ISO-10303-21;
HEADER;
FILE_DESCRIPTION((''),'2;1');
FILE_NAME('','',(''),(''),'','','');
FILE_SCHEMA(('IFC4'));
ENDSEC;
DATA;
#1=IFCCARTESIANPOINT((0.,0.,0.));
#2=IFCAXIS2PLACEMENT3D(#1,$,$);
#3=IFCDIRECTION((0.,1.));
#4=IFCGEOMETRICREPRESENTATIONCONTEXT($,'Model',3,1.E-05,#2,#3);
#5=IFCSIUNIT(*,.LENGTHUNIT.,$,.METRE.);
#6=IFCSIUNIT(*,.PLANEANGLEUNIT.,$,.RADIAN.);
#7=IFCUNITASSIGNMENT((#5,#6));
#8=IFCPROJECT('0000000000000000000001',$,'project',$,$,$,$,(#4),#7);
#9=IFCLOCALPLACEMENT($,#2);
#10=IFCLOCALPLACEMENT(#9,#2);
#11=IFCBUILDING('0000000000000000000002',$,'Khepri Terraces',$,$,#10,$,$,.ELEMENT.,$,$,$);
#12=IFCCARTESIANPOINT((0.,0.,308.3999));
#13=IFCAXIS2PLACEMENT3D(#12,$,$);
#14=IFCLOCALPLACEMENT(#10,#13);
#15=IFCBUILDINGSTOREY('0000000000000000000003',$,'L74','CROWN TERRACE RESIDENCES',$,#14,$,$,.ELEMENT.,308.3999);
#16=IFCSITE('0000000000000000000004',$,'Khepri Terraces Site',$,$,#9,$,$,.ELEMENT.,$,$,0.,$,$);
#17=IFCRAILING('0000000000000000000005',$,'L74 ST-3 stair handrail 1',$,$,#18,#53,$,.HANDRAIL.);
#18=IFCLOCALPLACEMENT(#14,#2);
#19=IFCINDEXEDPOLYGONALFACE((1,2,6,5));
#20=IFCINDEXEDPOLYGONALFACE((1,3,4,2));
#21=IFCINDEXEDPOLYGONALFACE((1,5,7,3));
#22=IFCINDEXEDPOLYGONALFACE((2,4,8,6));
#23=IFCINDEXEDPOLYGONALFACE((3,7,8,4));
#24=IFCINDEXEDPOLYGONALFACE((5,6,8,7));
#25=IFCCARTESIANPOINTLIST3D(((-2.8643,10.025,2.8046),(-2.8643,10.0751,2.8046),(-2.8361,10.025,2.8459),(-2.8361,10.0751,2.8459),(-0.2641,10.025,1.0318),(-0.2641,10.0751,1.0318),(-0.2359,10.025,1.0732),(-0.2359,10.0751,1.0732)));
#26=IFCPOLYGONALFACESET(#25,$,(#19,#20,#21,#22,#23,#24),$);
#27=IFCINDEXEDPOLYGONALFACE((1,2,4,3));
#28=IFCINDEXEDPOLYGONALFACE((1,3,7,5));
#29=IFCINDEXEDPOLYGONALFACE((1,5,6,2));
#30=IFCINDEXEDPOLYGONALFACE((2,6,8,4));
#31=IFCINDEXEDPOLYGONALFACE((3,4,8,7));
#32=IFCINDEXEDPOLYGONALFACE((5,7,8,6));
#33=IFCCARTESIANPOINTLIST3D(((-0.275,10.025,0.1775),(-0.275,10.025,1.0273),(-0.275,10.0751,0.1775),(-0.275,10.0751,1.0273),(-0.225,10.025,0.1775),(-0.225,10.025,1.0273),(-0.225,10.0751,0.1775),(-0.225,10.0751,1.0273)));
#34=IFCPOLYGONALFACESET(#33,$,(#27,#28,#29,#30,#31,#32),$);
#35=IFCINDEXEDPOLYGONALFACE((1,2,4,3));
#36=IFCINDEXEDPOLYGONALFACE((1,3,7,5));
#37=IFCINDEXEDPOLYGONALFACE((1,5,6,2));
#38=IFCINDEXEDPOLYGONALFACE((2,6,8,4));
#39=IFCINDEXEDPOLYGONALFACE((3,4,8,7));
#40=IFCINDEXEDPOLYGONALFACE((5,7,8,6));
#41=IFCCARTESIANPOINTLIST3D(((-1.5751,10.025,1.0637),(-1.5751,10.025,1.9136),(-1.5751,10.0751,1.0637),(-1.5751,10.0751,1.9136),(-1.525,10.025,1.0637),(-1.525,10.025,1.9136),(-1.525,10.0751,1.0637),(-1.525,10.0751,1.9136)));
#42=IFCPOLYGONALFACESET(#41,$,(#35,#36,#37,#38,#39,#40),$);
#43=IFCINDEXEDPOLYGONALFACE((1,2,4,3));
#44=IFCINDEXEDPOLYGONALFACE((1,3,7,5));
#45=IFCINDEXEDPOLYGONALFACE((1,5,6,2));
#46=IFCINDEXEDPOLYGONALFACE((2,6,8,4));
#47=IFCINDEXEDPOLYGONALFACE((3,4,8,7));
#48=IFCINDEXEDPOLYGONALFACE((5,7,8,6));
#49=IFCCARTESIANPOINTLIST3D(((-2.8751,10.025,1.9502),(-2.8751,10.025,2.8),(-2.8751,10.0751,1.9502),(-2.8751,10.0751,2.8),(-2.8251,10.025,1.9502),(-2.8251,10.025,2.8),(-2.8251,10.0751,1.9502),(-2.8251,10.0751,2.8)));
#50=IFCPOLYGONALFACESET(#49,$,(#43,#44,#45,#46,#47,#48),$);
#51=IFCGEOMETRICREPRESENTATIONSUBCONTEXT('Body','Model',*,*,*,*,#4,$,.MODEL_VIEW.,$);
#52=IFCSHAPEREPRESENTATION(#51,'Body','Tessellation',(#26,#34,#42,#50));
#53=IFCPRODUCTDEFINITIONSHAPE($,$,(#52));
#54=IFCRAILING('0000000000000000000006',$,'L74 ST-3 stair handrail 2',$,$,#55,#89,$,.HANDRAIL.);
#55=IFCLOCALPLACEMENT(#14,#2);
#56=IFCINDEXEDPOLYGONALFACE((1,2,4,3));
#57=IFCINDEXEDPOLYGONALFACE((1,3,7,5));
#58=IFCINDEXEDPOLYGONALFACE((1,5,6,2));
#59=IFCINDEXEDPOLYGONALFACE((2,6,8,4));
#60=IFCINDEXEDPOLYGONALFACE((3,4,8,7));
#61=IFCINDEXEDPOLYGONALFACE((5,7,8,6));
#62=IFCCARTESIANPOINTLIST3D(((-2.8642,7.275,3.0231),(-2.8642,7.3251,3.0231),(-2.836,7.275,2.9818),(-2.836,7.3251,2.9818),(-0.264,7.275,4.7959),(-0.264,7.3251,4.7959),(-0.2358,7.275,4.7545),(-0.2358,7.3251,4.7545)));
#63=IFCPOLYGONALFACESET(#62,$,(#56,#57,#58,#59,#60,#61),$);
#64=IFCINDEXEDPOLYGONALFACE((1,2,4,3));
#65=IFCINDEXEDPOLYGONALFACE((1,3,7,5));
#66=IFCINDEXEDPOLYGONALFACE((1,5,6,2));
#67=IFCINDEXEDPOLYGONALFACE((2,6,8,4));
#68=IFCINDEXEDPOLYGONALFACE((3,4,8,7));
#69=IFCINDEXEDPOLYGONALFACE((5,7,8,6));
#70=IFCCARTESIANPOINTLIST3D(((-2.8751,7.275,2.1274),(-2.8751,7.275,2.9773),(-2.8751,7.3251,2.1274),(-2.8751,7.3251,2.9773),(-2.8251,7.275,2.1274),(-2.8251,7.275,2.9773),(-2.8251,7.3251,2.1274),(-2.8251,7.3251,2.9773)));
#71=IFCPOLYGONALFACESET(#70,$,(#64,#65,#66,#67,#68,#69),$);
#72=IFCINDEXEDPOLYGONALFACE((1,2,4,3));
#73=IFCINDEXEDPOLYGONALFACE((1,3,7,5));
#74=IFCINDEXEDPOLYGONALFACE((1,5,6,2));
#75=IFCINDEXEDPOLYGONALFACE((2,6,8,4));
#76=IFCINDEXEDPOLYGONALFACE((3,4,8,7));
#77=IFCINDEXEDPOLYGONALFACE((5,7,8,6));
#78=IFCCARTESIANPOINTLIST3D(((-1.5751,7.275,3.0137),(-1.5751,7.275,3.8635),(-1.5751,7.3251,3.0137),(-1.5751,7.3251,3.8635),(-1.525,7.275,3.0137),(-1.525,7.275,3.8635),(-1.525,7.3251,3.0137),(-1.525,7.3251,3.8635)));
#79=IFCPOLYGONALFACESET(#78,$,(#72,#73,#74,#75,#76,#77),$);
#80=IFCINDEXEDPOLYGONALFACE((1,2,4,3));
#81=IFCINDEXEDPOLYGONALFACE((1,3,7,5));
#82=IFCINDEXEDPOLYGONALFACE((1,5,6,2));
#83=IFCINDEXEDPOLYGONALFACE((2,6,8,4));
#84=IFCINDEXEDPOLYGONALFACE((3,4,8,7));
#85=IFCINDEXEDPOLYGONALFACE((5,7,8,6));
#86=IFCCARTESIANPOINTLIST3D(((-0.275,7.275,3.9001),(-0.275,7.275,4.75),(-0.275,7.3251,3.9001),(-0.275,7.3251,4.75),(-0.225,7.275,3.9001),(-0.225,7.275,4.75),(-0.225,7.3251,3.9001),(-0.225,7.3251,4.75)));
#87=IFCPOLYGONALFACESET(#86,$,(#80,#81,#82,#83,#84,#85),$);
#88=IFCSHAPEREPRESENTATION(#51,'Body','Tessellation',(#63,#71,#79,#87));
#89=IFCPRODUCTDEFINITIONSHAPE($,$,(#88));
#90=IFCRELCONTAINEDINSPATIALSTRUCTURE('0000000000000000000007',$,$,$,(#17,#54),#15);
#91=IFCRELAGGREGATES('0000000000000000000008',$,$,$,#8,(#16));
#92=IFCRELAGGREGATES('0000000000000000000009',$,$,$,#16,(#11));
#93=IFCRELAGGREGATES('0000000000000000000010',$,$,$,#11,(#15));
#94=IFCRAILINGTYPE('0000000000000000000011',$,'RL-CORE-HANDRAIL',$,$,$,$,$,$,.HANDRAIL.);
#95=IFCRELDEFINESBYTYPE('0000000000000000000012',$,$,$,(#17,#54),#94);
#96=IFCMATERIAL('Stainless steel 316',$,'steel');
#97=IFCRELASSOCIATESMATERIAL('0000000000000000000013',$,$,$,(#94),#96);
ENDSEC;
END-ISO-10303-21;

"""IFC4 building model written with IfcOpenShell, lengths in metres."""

from ifc_helpers import new_model, si_unit, direction, frame, origin, origin_2d, place, context, subcontext, project, spatial, rectangle, extrude, material, type_object, element, save


model = new_model("IFC4")

# Units and contexts
model_context = context("Model", 3, precision=1e-05, world=origin(), true_north=direction((0.0, 1.0)))
body_context = subcontext(model_context, "Body", "Model", "MODEL_VIEW")
ifc_project = project(units=[si_unit("LENGTHUNIT", "METRE"), si_unit("PLANEANGLEUNIT", "RADIAN")], contexts=[model_context])

# Site, building, storey
site_placement = place(None, origin())
site = spatial("IfcSite", under=ifc_project, at=site_placement, Name="Khepri Terraces Site", CompositionType="ELEMENT", RefElevation=0.0)
building_placement = place(site_placement, origin())
building = spatial("IfcBuilding", under=site, at=building_placement, Name="Khepri Terraces", CompositionType="ELEMENT")
storey_placement = place(building_placement, frame((0.0, 0.0, 308.3999)))
storey = spatial("IfcBuildingStorey", under=building, at=storey_placement, Name="L74", Description="CROWN TERRACE RESIDENCES", CompositionType="ELEMENT", Elevation=308.3999)

# Railings
ifc_material_1 = material(Name="Stainless steel 316", Category="steel")
railing_type_1 = type_object("IfcRailingType", Name="RL-CORE-HANDRAIL", PredefinedType="HANDRAIL", material=ifc_material_1)
railing_1_placement = place(storey_placement, frame((-0.25, 10.05, 0.1775)))
element("IfcRailing", 1, at=railing_1_placement, inside=storey, type_object=railing_type_1, Name="L74 ST-3 stair handrail 1", PredefinedType="HANDRAIL", context=body_context, shape_type="SweptSolid", body=[
    extrude(rectangle(XDim=0.05, YDim=0.05, at=origin_2d()), frame((0.0, 0.0, 0.875), z_axis=(-0.82624, 0.0, 0.563318), x_axis=(0.0, -1.0, 0.0)), (0.0, 0.0, 1.0), 3.147),
    extrude(rectangle(XDim=0.05, YDim=0.05, at=origin_2d()), origin(), (0.0, 0.0, 1.0), 0.8499),
    extrude(rectangle(XDim=0.05, YDim=0.05, at=origin_2d()), frame((-1.3, 0.0, 0.8862)), (0.0, 0.0, 1.0), 0.8499),
    extrude(rectangle(XDim=0.05, YDim=0.05, at=origin_2d()), frame((-2.6001, 0.0, 1.7727)), (0.0, 0.0, 1.0), 0.8499),
])
railing_2_placement = place(storey_placement, frame((-2.8501, 7.3, 2.1274)))
element("IfcRailing", 2, at=railing_2_placement, inside=storey, type_object=railing_type_1, Name="L74 ST-3 stair handrail 2", PredefinedType="HANDRAIL", context=body_context, shape_type="SweptSolid", body=[
    extrude(rectangle(XDim=0.05, YDim=0.05, at=origin_2d()), frame((0.0, 0.0, 0.875), z_axis=(0.82624, 0.0, 0.563318), x_axis=(0.0, 1.0, 0.0)), (0.0, 0.0, 1.0), 3.147),
    extrude(rectangle(XDim=0.05, YDim=0.05, at=origin_2d()), origin(), (0.0, 0.0, 1.0), 0.8499),
    extrude(rectangle(XDim=0.05, YDim=0.05, at=origin_2d()), frame((1.3, 0.0, 0.8862)), (0.0, 0.0, 1.0), 0.8499),
    extrude(rectangle(XDim=0.05, YDim=0.05, at=origin_2d()), frame((2.6001, 0.0, 1.7727)), (0.0, 0.0, 1.0), 0.8499),
])

save(model, "model.ifc")
